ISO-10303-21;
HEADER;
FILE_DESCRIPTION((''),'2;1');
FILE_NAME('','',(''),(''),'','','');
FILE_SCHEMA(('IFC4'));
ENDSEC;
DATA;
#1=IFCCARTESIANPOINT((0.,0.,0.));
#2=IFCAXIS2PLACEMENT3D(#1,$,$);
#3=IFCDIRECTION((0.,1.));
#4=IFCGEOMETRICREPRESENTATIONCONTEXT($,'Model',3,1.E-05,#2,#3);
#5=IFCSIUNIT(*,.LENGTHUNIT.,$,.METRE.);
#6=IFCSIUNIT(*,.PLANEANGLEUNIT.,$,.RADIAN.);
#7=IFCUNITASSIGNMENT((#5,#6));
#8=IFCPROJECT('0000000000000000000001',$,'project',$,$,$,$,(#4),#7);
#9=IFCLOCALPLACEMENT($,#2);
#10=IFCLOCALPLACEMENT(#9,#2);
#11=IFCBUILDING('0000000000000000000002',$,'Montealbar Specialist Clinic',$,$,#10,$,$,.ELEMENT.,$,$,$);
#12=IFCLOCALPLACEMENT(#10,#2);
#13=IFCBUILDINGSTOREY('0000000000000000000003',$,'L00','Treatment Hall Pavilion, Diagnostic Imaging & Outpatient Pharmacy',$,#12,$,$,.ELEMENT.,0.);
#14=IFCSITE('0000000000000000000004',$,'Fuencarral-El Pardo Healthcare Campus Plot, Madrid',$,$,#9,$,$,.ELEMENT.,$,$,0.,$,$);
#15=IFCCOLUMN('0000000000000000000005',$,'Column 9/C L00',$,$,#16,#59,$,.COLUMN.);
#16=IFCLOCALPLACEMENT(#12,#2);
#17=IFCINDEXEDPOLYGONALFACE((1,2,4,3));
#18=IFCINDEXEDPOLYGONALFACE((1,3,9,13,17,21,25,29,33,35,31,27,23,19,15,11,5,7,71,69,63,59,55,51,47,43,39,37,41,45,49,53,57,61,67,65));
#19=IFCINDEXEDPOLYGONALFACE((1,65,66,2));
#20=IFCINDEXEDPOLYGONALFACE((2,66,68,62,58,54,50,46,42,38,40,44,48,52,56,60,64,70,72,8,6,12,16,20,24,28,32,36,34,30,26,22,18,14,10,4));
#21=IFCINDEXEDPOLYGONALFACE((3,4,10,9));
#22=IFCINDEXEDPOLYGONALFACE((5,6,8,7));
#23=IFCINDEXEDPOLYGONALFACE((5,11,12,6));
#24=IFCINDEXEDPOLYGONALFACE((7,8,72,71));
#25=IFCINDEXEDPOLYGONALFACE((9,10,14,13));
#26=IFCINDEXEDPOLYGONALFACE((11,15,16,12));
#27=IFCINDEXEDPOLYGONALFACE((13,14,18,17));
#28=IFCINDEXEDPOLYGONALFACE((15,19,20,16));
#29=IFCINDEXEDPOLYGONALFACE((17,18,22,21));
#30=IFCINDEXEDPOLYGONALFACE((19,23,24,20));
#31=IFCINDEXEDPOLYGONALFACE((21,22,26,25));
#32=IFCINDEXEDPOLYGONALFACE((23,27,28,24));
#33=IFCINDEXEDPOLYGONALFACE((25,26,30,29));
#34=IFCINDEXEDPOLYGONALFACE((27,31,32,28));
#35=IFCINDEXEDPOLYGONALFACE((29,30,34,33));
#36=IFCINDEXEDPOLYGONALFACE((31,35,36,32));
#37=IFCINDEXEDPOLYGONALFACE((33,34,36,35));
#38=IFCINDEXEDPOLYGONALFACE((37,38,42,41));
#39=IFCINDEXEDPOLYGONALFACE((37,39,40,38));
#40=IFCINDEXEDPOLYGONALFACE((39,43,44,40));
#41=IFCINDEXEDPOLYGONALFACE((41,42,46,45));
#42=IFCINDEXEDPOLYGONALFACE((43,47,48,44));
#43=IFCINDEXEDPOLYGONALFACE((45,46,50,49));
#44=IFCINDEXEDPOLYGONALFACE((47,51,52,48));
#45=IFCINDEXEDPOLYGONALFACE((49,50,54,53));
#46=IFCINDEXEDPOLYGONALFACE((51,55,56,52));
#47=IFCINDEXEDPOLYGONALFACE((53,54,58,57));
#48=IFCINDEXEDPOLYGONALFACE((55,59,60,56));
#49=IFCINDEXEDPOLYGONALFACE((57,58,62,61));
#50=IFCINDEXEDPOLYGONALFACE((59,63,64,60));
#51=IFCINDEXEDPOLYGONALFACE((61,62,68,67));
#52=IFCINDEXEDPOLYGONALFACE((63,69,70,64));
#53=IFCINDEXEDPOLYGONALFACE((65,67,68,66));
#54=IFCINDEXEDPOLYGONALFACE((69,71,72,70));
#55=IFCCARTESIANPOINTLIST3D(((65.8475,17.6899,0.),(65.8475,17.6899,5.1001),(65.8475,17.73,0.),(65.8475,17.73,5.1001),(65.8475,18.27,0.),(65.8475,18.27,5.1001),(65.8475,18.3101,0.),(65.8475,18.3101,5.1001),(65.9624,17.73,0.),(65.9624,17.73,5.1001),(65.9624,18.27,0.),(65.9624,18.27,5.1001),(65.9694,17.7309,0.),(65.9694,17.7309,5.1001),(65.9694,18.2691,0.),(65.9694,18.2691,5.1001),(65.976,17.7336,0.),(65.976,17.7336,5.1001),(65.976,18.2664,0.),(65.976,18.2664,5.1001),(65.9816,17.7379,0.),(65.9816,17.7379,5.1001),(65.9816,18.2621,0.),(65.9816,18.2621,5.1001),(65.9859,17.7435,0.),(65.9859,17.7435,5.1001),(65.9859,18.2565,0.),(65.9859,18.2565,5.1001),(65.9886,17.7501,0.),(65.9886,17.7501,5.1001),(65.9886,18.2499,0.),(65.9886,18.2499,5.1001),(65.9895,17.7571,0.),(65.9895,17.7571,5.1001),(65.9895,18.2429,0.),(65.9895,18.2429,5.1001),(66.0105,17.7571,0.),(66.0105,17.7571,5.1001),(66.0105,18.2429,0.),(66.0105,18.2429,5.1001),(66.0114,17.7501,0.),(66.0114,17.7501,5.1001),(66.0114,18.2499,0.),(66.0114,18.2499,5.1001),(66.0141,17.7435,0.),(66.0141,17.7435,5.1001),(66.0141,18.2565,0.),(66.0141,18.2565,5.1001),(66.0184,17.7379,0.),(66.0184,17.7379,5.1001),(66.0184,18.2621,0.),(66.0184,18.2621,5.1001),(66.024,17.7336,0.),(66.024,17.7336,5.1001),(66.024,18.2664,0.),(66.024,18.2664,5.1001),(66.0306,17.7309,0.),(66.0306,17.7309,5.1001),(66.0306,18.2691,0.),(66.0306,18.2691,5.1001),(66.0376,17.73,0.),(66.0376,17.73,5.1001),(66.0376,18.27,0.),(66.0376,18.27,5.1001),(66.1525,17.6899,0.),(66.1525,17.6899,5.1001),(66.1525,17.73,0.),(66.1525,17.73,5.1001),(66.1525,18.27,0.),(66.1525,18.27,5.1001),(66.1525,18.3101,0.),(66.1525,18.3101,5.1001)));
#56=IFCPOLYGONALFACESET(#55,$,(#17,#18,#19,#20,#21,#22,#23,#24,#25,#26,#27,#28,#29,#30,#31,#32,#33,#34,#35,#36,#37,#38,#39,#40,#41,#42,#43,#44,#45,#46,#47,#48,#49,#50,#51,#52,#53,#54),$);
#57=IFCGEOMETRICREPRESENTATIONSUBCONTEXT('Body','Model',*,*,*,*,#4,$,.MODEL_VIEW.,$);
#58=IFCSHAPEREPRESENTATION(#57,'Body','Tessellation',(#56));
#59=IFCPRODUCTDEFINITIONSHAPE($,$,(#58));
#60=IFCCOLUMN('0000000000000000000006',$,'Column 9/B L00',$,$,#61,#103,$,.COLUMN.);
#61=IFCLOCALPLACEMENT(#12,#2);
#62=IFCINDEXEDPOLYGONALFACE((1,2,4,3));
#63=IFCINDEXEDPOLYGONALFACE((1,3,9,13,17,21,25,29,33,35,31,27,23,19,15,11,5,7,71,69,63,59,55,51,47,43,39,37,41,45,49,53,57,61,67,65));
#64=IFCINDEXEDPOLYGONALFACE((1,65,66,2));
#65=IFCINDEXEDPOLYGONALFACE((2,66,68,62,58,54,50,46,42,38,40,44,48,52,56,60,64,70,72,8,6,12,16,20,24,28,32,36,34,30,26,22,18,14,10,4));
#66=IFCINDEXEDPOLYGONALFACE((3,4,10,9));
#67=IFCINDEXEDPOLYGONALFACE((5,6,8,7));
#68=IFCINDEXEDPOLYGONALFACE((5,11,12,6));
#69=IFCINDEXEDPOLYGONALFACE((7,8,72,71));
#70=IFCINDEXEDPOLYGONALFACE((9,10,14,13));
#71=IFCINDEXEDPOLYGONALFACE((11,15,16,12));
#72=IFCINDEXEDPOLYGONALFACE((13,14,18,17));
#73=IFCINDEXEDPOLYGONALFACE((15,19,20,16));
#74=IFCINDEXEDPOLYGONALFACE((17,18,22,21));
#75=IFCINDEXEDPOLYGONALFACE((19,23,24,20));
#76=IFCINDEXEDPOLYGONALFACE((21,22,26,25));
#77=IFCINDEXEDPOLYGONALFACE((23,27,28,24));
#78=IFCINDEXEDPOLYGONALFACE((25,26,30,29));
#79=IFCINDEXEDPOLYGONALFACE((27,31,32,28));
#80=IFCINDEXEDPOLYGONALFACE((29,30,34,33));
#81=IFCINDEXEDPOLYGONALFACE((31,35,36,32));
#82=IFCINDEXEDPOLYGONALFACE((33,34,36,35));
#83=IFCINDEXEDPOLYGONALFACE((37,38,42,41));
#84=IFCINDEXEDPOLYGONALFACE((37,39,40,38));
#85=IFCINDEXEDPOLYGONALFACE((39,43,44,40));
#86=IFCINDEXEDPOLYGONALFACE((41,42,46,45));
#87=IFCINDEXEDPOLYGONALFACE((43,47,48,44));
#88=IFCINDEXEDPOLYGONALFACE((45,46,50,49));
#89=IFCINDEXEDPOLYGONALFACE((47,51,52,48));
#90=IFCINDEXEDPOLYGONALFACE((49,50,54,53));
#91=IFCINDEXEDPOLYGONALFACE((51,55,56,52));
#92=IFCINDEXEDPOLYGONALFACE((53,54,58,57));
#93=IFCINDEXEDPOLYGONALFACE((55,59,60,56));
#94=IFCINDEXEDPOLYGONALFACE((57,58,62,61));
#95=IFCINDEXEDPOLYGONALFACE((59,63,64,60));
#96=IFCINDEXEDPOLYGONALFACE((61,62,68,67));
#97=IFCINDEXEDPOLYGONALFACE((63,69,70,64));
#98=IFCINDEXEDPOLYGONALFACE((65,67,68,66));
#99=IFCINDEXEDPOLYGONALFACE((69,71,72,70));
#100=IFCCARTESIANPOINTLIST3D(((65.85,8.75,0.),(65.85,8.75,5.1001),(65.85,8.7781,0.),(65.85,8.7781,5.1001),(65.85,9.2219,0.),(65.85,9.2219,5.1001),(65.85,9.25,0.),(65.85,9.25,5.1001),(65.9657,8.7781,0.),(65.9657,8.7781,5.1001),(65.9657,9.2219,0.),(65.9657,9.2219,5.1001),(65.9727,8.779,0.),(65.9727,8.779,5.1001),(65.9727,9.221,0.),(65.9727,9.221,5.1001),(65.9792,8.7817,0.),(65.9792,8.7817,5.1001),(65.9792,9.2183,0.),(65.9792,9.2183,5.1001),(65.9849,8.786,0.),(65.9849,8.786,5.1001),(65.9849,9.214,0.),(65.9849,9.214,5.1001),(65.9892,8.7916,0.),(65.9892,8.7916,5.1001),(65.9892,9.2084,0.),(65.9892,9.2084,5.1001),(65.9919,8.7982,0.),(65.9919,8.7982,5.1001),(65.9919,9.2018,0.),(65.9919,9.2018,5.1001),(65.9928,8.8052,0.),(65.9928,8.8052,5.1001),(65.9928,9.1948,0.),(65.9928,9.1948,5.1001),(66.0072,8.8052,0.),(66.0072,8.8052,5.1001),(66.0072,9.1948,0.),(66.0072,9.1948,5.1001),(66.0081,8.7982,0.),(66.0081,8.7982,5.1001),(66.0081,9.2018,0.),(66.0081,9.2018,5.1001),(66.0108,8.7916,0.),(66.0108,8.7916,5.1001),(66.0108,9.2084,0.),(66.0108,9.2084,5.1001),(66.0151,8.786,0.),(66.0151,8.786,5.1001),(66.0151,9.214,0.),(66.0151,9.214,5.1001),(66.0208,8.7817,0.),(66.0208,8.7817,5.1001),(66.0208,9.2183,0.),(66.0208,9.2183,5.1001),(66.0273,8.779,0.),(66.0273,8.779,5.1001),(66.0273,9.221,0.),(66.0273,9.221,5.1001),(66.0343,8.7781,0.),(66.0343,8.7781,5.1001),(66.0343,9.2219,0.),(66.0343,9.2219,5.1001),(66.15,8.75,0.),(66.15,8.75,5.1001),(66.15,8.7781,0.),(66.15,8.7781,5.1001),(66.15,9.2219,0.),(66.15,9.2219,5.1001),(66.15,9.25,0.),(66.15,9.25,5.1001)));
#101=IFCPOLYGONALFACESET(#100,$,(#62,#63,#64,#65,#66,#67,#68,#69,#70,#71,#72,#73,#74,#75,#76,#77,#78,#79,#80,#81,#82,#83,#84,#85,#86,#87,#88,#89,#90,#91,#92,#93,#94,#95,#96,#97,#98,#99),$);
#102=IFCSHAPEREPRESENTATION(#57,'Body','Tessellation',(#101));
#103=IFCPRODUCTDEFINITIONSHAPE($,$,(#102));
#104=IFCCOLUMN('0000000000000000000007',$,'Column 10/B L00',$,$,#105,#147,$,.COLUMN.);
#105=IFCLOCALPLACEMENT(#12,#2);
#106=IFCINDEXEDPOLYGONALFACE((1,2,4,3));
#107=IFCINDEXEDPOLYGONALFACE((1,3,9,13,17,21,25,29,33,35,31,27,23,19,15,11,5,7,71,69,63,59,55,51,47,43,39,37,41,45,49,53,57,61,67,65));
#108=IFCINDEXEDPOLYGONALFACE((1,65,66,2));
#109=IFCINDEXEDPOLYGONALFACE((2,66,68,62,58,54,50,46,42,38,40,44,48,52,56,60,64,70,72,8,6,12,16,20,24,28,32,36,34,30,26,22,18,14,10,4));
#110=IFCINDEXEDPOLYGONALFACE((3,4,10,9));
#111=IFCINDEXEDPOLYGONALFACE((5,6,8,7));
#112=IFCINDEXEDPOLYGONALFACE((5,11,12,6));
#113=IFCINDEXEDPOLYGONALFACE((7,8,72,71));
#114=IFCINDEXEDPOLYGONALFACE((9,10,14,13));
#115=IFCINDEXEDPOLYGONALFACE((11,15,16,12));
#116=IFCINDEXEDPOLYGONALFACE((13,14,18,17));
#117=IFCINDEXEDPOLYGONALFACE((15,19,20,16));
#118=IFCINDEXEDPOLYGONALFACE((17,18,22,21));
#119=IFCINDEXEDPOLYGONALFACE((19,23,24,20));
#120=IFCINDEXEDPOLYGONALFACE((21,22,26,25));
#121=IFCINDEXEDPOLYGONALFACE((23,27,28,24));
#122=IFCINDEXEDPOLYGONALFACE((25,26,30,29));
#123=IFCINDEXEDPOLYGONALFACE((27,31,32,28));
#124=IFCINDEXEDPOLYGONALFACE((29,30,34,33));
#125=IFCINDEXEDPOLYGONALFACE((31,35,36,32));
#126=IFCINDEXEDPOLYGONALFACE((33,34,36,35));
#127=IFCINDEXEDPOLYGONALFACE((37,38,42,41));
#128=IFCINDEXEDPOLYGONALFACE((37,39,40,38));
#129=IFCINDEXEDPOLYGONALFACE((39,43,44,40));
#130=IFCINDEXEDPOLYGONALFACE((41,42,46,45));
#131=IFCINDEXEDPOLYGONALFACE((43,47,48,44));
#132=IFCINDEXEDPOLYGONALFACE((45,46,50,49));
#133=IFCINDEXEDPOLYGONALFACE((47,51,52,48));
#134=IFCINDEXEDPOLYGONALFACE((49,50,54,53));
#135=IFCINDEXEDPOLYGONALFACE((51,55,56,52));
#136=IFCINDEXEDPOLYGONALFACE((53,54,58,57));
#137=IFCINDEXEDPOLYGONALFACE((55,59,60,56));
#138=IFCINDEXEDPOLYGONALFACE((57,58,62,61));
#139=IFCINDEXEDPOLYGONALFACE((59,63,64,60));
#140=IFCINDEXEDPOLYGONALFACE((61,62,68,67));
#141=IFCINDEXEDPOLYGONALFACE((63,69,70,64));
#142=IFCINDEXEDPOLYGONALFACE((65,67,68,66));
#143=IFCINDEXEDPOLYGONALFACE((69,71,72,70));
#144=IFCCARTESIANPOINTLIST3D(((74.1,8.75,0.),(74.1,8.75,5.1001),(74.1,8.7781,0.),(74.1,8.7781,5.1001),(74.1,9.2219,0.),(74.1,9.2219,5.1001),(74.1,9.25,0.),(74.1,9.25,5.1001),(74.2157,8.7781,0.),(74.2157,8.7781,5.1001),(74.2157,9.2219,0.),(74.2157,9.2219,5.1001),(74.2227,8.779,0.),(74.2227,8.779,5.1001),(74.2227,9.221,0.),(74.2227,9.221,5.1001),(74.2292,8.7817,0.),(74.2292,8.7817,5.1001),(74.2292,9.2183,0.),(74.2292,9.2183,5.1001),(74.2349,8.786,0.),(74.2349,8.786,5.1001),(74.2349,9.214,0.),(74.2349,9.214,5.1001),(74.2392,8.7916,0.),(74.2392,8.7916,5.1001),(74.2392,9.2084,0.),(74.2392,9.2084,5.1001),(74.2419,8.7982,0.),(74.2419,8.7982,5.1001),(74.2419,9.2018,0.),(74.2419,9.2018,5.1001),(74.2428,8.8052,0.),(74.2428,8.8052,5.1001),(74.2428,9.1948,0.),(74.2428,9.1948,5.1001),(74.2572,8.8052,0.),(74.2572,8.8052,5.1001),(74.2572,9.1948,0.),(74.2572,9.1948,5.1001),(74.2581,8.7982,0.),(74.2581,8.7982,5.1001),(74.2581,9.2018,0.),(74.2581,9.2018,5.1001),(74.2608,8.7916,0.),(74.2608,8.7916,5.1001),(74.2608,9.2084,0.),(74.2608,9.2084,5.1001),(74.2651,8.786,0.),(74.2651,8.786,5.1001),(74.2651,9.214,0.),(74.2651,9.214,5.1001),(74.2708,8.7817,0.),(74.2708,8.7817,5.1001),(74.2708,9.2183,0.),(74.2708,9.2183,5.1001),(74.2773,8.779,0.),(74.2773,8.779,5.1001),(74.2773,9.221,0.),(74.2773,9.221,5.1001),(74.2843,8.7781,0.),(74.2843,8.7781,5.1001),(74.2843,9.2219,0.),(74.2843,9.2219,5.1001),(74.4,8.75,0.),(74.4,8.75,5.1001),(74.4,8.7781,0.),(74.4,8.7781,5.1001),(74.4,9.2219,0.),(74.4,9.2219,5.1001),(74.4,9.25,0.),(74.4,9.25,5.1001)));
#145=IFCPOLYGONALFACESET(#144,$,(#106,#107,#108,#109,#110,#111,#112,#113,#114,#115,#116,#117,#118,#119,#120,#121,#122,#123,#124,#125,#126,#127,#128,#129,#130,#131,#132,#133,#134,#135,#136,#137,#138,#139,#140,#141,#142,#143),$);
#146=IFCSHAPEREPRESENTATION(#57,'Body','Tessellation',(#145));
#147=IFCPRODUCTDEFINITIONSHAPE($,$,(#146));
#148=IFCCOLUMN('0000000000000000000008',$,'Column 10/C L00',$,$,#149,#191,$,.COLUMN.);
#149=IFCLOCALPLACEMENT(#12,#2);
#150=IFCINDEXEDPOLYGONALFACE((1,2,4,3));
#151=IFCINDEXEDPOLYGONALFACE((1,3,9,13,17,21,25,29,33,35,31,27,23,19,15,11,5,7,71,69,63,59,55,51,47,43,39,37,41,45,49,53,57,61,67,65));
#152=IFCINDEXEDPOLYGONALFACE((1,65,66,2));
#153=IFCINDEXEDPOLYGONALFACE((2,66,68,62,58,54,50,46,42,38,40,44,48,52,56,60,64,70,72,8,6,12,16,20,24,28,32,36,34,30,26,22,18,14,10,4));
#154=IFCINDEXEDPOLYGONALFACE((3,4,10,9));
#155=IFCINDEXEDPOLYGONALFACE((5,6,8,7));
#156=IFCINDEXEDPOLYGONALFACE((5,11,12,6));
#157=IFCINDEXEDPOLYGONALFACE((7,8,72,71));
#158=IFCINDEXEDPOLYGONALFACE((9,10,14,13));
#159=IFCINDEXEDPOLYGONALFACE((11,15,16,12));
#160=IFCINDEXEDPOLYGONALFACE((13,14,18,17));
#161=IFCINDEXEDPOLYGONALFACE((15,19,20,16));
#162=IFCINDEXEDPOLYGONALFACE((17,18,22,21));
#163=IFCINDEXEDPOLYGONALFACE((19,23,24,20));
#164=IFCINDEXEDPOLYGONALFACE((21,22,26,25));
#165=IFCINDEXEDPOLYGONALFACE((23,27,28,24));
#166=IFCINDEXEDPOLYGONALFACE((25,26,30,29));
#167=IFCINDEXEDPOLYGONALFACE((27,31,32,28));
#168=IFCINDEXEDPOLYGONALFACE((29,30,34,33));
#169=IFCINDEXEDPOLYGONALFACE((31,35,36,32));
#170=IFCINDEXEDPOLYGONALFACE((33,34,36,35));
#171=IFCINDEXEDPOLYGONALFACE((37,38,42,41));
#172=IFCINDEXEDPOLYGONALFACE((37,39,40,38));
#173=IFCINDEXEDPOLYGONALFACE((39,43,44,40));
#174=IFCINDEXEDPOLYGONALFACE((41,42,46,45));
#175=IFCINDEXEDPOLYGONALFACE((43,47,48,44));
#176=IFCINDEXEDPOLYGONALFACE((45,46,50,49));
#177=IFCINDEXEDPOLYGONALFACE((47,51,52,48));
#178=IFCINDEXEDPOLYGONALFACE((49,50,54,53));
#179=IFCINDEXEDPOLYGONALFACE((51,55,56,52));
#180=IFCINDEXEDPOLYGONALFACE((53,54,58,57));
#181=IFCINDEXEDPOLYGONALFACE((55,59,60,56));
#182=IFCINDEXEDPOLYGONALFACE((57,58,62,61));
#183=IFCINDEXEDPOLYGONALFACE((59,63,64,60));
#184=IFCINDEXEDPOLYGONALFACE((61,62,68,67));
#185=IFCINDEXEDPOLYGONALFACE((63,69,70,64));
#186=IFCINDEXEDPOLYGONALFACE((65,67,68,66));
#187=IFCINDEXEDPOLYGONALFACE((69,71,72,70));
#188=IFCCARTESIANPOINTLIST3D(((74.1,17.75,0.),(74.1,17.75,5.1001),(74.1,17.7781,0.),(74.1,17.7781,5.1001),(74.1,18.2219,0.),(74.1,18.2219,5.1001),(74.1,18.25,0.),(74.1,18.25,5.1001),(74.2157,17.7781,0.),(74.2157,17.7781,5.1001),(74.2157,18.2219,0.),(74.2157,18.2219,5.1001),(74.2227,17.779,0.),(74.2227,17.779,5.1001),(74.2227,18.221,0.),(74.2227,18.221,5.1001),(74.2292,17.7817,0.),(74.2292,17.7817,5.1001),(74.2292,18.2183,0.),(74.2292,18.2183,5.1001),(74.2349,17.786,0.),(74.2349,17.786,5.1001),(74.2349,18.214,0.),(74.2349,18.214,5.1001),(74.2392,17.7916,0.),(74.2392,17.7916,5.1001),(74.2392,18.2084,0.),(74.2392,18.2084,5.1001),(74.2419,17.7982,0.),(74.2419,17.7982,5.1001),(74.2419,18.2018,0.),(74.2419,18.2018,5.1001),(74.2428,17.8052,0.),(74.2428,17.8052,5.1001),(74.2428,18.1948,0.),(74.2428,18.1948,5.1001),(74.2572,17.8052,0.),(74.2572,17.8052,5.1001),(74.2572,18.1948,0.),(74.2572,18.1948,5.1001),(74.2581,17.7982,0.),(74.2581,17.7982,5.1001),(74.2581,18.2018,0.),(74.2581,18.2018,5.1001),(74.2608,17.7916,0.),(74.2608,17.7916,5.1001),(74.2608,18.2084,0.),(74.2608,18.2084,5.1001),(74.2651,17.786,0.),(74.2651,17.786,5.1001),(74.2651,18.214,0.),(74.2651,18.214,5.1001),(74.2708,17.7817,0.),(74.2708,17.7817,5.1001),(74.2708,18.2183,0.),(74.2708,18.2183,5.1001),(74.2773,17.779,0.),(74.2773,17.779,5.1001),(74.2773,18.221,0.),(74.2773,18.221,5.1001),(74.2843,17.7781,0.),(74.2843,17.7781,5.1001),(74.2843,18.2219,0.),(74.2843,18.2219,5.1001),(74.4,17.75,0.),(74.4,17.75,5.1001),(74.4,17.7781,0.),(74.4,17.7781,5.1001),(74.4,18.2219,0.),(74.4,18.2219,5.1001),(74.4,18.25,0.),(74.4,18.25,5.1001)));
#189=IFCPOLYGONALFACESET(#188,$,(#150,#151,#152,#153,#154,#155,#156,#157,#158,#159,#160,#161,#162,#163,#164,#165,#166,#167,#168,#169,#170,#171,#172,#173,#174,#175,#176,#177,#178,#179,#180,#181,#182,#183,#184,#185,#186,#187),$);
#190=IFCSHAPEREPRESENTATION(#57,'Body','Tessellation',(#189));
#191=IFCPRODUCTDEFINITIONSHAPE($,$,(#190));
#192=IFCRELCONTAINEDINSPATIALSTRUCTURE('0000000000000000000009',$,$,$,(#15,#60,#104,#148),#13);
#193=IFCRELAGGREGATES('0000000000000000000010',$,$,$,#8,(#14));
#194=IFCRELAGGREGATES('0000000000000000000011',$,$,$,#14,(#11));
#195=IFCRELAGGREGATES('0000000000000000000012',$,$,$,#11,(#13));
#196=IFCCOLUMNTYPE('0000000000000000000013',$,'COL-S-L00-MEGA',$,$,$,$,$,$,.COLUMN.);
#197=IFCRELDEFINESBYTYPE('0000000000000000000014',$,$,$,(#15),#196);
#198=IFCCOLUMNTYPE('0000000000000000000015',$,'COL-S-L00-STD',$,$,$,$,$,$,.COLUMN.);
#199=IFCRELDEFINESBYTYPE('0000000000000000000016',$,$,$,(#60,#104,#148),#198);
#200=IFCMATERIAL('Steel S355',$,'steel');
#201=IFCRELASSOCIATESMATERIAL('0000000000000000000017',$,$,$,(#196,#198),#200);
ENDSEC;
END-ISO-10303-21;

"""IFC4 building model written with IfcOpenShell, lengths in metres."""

from ifc_helpers import new_model, si_unit, direction, frame, origin, origin_2d, place, context, subcontext, project, spatial, i_section, extrude, material, material_profile, profile_set, type_object, element, save


model = new_model("IFC4")

# Units and contexts
model_context = context("Model", 3, precision=1e-05, world=origin(), true_north=direction((0.0, 1.0)))
body_context = subcontext(model_context, "Body", "Model", "MODEL_VIEW")
ifc_project = project(units=[si_unit("LENGTHUNIT", "METRE"), si_unit("PLANEANGLEUNIT", "RADIAN")], contexts=[model_context])

# Site, building, storey
site_placement = place(None, origin())
site = spatial("IfcSite", under=ifc_project, at=site_placement, Name="Fuencarral-El Pardo Healthcare Campus Plot, Madrid", CompositionType="ELEMENT", RefElevation=0.0)
building_placement = place(site_placement, origin())
building = spatial("IfcBuilding", under=site, at=building_placement, Name="Montealbar Specialist Clinic", CompositionType="ELEMENT")
storey_placement = place(building_placement, origin())
storey = spatial("IfcBuildingStorey", under=building, at=storey_placement, Name="L00", Description="Treatment Hall Pavilion, Diagnostic Imaging & Outpatient Pharmacy", CompositionType="ELEMENT", Elevation=0.0)

# Columns
ifc_material_1 = material(Name="Steel S355", Category="steel")
ifc_material_profile_1 = material_profile(ifc_material_1, i_section(OverallWidth=0.3049, OverallDepth=0.6201, WebThickness=0.021, FlangeThickness=0.04, FilletRadius=0.0271, at=origin_2d()), Name="HEM 600", Category="steel")
ifc_profile_set_1 = profile_set([ifc_material_profile_1], Name="Steel S355")
column_type_1 = type_object("IfcColumnType", Name="COL-S-L00-MEGA", PredefinedType="COLUMN", material=ifc_profile_set_1)
column_placement = place(storey_placement, frame((66.0, 18.0, 0.0), z_axis=(0.0, 0.0, 1.0), x_axis=(1.0, 0.0, 0.0)))
element("IfcColumn", 1, at=column_placement, inside=storey, type_object=column_type_1, Name="Column 9/C L00", PredefinedType="COLUMN", context=body_context, shape_type="SweptSolid", body=[
    extrude(i_section(OverallWidth=0.3049, OverallDepth=0.6201, WebThickness=0.021, FlangeThickness=0.04, FilletRadius=0.0271, at=origin_2d()), origin(), (0.0, 0.0, 1.0), 5.1001),
])
ifc_material_profile_2 = material_profile(ifc_material_1, i_section(OverallWidth=0.3, OverallDepth=0.5, WebThickness=0.0144, FlangeThickness=0.0281, FilletRadius=0.0271, at=origin_2d()), Name="HEB 500", Category="steel")
ifc_profile_set_2 = profile_set([ifc_material_profile_2], Name="Steel S355")
column_type_2 = type_object("IfcColumnType", Name="COL-S-L00-STD", PredefinedType="COLUMN", material=ifc_profile_set_2)
for number, where, z_axis, x_axis, name in (
    (2, (66.0, 9.0, 0.0), (0.0, 0.0, 1.0), (1.0, 0.0, 0.0), "Column 9/B L00"),
    (3, (74.25, 9.0, 0.0), (0.0, 0.0, 1.0), (1.0, 0.0, 0.0), "Column 10/B L00"),
    (4, (74.25, 18.0, 0.0), (0.0, 0.0, 1.0), (1.0, 0.0, 0.0), "Column 10/C L00"),
):
    element("IfcColumn", number, at=place(storey_placement, frame(where, z_axis=z_axis, x_axis=x_axis)), inside=storey, type_object=column_type_2, Name=name, PredefinedType="COLUMN", context=body_context, shape_type="SweptSolid", body=[
        extrude(i_section(OverallWidth=0.3, OverallDepth=0.5, WebThickness=0.0144, FlangeThickness=0.0281, FilletRadius=0.0271, at=origin_2d()), origin(), (0.0, 0.0, 1.0), 5.1001),
    ])

save(model, "model.ifc")
